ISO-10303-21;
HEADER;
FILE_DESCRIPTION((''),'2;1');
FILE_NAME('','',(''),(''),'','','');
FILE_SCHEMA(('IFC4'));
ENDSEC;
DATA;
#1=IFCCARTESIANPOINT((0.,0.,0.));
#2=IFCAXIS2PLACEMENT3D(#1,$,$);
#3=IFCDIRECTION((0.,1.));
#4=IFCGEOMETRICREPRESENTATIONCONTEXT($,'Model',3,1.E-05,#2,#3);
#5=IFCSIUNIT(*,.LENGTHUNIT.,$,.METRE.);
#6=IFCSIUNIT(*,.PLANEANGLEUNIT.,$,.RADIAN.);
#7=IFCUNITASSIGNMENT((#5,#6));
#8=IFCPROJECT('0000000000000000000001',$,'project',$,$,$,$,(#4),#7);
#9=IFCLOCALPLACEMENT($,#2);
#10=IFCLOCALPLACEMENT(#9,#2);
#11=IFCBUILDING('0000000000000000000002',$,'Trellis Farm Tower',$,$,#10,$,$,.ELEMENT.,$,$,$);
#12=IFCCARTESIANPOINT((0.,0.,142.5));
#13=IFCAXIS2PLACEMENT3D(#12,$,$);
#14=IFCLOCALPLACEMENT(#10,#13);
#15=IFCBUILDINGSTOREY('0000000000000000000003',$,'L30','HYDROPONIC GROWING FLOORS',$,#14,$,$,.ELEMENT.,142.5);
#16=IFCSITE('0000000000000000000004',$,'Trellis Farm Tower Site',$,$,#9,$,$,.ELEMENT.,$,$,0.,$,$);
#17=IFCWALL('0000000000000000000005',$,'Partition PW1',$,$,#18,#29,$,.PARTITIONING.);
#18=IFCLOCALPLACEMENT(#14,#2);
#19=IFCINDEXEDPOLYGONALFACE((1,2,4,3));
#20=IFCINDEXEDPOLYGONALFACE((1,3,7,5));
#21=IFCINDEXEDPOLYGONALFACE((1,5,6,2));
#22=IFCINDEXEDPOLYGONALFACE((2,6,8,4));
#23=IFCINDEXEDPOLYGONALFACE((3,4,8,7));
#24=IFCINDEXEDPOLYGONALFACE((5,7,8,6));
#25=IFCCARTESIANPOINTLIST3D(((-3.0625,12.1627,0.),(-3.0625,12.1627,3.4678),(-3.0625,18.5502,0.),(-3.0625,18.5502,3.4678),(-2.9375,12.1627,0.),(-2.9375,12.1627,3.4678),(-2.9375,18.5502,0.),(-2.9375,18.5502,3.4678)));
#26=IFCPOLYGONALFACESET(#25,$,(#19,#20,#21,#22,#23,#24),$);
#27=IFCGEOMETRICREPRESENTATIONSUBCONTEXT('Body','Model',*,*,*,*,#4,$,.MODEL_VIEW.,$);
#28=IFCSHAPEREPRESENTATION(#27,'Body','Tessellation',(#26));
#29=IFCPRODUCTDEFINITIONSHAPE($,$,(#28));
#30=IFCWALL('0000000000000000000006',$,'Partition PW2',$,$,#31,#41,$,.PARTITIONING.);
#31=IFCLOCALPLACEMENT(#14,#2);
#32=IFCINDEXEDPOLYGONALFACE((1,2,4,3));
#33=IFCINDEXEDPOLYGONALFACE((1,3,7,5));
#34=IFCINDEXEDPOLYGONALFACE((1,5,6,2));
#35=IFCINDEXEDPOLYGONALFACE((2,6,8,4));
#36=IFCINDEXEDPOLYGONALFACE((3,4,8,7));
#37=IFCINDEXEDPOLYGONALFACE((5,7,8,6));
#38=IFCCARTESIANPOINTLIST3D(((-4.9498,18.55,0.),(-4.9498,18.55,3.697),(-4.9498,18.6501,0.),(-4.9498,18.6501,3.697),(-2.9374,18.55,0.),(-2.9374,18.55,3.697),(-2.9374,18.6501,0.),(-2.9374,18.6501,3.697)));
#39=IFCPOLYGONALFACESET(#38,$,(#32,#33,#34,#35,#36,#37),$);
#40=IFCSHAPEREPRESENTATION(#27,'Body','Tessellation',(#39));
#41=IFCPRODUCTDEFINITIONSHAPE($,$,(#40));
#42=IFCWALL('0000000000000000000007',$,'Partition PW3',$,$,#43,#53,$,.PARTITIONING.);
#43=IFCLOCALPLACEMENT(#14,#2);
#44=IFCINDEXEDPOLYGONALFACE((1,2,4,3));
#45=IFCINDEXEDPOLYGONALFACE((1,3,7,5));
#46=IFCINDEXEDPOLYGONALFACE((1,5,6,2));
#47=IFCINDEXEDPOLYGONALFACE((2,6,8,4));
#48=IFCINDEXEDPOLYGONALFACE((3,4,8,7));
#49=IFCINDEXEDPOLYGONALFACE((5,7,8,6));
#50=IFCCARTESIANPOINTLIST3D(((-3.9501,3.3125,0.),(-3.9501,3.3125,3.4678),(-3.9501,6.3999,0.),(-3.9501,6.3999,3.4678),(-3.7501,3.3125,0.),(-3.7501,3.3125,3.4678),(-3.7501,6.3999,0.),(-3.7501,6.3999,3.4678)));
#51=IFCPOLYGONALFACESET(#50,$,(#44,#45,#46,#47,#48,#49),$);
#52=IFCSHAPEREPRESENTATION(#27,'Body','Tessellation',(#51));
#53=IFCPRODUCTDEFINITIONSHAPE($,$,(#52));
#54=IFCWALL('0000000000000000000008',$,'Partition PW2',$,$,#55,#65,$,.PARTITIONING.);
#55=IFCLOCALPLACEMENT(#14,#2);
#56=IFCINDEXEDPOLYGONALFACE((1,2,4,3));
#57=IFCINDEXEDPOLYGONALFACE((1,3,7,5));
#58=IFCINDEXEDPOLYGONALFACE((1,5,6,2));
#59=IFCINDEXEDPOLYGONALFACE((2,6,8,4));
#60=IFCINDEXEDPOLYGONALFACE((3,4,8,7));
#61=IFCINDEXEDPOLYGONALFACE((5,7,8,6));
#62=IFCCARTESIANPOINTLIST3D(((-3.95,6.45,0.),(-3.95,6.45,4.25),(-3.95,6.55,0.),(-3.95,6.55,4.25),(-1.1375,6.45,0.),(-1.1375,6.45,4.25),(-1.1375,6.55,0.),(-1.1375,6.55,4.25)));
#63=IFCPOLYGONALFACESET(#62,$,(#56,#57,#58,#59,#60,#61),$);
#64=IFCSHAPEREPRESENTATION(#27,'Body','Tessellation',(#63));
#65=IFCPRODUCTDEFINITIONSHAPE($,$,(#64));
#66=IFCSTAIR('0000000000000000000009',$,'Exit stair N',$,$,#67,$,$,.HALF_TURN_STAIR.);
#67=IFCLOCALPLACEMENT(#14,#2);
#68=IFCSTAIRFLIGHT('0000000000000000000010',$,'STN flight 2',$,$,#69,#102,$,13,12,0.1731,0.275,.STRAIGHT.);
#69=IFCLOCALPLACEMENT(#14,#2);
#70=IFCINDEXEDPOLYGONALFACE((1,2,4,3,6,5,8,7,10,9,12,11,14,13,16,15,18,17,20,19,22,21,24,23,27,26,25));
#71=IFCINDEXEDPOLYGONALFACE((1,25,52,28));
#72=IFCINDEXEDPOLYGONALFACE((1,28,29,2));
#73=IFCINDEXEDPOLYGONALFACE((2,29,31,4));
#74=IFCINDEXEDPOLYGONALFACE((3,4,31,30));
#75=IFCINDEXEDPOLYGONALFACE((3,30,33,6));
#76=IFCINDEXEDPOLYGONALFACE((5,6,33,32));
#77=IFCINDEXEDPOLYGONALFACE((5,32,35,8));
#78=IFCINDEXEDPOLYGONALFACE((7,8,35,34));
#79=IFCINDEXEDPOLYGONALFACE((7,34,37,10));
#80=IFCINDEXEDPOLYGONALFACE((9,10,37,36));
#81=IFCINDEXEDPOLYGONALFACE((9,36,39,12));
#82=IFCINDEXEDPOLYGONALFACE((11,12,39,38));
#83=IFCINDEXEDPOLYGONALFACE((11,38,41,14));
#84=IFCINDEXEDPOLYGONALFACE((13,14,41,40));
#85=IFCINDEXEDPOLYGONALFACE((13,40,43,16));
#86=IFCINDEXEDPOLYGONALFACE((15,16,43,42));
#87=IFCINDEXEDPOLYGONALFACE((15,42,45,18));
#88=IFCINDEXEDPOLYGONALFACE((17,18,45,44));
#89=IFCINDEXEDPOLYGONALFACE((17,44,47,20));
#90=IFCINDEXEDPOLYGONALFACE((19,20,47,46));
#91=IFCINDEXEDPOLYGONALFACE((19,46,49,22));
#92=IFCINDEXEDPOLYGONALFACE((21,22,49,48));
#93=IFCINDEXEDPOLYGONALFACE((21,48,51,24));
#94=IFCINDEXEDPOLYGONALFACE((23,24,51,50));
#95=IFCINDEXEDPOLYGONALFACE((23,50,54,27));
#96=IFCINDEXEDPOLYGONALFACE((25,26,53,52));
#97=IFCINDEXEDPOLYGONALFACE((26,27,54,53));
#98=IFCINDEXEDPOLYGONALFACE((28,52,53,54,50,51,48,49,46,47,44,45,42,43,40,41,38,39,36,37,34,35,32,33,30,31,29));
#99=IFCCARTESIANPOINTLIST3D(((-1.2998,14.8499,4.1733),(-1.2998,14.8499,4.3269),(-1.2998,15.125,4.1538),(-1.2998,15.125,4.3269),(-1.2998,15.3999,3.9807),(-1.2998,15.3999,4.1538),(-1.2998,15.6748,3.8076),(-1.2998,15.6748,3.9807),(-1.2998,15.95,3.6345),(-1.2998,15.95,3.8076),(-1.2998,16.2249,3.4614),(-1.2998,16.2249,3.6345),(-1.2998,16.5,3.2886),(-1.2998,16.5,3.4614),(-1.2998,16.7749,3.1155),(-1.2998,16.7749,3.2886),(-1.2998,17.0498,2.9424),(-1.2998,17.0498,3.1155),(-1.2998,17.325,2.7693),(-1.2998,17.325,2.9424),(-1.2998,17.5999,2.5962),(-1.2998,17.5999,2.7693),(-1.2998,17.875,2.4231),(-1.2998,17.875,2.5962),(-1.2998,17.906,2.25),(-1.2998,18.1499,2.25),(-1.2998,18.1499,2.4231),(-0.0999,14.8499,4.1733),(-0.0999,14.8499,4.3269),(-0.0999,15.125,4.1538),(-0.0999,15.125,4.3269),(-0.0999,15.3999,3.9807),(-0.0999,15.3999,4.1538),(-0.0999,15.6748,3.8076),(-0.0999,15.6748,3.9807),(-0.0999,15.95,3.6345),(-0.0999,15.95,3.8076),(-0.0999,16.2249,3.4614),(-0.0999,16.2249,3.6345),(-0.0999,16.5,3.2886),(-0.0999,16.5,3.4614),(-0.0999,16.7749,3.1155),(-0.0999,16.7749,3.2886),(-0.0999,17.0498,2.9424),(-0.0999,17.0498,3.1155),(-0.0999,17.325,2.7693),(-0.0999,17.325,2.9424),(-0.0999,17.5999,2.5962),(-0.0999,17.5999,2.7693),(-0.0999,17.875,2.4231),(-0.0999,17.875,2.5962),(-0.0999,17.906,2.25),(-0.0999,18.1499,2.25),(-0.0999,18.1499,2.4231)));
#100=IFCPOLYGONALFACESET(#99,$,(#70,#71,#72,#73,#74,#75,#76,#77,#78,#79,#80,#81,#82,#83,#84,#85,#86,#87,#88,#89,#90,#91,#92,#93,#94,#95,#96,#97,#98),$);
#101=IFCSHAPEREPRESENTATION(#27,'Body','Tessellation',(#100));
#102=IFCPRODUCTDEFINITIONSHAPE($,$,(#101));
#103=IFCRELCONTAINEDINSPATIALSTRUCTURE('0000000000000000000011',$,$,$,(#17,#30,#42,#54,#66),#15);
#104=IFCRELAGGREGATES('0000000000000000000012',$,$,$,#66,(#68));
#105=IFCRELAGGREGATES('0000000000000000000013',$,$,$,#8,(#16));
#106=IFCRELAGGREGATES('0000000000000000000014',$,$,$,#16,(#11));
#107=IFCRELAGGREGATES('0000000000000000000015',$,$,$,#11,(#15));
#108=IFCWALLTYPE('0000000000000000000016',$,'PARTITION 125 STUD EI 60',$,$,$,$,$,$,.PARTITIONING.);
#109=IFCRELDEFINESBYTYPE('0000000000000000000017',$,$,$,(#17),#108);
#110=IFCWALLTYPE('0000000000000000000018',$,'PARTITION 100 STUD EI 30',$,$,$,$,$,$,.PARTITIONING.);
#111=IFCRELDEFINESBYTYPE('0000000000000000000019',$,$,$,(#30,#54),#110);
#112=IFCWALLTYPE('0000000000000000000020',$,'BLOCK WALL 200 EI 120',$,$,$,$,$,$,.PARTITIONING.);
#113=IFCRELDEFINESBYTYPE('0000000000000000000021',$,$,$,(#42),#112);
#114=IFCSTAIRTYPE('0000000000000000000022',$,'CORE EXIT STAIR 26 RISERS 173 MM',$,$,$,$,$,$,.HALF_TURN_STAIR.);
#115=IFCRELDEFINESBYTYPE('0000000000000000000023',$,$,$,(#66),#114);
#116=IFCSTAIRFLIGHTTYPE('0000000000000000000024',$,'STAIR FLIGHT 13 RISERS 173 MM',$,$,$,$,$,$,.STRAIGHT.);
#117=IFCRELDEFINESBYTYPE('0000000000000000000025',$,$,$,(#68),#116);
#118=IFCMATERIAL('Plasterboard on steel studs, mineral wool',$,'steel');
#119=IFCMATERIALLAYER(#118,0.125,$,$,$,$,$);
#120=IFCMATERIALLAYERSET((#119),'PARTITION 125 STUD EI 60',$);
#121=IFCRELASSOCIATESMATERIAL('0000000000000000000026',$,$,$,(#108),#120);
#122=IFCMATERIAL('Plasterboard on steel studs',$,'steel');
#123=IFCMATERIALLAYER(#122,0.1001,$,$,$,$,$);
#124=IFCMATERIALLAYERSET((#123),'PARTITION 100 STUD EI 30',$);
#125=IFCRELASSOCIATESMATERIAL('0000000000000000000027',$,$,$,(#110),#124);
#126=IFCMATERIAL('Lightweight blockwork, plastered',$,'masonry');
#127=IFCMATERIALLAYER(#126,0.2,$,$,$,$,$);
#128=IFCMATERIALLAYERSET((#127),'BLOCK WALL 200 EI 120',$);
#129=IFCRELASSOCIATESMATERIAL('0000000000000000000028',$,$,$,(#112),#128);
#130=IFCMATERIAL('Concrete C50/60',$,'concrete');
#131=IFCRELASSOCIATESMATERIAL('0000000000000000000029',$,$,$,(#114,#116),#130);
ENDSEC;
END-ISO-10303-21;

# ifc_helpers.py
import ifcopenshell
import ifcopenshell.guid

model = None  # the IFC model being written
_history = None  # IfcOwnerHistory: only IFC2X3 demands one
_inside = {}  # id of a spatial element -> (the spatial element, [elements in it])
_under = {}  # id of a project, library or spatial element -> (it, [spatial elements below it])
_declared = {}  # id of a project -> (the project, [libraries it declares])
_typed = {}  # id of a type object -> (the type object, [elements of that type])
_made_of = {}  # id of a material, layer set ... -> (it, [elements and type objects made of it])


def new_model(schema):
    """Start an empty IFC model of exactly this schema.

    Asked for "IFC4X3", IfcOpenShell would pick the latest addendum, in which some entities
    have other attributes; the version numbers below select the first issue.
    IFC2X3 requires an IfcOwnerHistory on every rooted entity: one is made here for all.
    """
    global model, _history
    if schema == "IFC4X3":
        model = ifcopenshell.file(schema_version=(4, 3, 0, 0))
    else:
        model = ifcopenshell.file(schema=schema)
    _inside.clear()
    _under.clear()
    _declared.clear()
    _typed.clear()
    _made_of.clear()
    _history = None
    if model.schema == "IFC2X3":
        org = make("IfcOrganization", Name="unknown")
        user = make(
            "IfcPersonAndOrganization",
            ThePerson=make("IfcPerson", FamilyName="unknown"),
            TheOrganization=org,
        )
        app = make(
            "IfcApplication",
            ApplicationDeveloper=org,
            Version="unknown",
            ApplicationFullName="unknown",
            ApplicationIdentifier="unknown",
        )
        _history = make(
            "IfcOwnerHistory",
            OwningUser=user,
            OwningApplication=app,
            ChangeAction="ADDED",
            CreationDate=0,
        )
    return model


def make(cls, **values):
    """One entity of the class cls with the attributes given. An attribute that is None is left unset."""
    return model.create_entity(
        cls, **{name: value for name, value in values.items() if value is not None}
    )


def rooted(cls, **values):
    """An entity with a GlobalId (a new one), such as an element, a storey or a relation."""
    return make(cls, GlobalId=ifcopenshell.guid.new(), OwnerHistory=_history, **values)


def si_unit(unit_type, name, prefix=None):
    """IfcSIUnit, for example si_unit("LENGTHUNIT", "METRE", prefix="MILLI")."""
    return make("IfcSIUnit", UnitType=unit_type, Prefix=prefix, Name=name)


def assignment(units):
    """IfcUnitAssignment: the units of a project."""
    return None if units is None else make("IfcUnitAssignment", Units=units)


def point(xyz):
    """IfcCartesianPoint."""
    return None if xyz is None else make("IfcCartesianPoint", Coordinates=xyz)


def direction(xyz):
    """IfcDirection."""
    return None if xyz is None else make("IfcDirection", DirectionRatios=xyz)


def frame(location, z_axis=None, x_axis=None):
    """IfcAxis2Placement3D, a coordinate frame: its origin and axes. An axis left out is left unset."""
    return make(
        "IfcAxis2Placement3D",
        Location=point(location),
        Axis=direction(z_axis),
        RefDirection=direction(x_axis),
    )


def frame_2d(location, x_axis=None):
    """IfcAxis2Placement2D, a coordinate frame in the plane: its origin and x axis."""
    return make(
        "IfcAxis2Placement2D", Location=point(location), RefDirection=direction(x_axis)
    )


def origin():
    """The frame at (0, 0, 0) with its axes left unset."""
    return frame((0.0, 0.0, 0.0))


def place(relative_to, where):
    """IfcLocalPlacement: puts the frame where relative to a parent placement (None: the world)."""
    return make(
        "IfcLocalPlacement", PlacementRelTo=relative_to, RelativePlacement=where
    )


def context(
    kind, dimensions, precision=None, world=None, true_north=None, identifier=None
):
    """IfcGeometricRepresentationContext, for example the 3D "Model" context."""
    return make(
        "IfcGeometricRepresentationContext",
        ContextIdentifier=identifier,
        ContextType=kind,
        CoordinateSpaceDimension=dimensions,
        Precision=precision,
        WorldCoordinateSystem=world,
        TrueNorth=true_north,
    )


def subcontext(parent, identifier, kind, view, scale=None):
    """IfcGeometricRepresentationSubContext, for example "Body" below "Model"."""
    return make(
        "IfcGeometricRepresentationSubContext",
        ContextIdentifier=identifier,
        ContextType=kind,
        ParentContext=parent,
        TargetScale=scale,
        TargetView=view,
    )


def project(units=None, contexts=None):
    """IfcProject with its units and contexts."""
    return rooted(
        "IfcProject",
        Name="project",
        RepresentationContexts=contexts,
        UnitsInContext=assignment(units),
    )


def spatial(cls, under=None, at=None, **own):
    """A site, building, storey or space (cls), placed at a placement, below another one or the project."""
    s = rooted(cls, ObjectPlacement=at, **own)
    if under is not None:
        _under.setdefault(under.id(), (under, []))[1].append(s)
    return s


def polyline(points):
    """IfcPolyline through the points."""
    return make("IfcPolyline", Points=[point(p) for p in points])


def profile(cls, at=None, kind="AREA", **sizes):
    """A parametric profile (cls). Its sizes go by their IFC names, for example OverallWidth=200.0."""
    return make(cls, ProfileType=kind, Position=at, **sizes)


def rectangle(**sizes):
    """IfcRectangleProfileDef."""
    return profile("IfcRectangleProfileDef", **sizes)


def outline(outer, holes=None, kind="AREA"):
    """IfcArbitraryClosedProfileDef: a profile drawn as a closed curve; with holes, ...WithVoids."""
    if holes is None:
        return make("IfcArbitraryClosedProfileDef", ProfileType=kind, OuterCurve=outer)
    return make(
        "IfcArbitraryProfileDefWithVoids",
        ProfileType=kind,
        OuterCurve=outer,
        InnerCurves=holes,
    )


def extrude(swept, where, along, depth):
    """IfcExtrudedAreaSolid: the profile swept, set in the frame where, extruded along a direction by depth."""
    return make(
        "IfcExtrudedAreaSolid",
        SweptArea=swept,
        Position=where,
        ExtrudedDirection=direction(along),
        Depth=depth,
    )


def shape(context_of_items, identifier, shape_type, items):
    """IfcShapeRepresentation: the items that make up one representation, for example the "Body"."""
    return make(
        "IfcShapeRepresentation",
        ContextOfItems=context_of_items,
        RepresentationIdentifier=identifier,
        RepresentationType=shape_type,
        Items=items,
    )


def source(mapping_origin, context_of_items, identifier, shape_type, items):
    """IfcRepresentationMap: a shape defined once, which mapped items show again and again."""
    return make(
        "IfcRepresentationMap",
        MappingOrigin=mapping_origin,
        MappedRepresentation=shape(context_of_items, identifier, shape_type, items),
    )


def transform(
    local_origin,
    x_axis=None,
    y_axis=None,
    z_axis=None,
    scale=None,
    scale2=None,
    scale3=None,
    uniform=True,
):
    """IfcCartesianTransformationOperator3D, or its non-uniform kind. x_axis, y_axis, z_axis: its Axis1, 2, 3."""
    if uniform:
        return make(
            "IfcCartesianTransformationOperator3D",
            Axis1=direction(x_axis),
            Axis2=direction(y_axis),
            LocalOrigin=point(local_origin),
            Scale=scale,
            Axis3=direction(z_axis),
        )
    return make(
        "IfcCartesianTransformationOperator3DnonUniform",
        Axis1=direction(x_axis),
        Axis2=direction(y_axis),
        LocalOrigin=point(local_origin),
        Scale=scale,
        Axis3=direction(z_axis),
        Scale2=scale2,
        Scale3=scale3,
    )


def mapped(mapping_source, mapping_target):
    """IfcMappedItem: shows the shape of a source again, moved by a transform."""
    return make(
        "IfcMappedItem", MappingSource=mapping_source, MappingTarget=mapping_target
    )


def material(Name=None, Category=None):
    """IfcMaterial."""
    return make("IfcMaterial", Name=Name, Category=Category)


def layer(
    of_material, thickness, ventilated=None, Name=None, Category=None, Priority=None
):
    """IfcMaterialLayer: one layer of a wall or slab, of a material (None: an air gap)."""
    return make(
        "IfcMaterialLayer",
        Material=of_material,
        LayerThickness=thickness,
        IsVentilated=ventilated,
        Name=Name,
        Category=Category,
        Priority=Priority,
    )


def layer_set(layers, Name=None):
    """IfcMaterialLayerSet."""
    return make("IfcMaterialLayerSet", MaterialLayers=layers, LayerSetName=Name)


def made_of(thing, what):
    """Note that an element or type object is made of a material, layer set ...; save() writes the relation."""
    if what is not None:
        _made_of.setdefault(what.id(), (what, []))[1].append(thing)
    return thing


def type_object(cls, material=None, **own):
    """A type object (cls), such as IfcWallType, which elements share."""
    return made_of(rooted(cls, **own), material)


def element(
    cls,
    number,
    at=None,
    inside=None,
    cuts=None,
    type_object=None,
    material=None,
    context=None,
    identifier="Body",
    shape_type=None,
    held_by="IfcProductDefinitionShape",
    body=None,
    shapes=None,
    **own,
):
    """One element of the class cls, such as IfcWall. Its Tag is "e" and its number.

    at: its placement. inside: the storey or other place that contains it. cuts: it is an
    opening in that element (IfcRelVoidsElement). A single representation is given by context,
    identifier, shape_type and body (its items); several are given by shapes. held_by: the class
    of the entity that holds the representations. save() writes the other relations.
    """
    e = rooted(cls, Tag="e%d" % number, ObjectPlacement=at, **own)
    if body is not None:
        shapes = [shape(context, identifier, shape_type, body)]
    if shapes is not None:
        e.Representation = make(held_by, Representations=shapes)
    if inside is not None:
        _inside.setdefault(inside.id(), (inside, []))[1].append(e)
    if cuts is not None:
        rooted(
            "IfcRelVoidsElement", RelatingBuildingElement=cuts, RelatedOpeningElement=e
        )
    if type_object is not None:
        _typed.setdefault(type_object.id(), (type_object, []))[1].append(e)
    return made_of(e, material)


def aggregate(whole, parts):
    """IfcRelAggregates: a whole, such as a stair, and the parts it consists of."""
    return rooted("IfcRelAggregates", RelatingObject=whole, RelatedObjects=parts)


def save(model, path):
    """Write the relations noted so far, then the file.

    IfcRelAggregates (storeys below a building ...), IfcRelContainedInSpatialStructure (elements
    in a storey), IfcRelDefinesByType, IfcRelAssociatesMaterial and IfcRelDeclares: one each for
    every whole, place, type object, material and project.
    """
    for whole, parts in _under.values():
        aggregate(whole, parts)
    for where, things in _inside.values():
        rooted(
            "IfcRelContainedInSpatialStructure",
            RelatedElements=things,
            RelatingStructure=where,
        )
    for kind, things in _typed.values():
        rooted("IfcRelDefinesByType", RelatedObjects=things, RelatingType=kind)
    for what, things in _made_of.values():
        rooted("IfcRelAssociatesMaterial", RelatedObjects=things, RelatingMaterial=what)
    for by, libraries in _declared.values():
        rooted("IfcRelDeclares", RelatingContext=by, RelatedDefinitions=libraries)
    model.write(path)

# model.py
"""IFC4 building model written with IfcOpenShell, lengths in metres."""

from ifc_helpers import new_model, si_unit, direction, frame, frame_2d, origin, place, context, subcontext, project, spatial, polyline, rectangle, outline, extrude, source, transform, mapped, material, layer, layer_set, type_object, element, aggregate, save


model = new_model("IFC4")

# Units and contexts
model_context = context("Model", 3, precision=1e-05, world=origin(), true_north=direction((0.0, 1.0)))
body_context = subcontext(model_context, "Body", "Model", "MODEL_VIEW")
ifc_project = project(units=[si_unit("LENGTHUNIT", "METRE"), si_unit("PLANEANGLEUNIT", "RADIAN")], contexts=[model_context])

# Site, building, storey
site_placement = place(None, origin())
site = spatial("IfcSite", under=ifc_project, at=site_placement, Name="Trellis Farm Tower Site", CompositionType="ELEMENT", RefElevation=0.0)
building_placement = place(site_placement, origin())
building = spatial("IfcBuilding", under=site, at=building_placement, Name="Trellis Farm Tower", CompositionType="ELEMENT")
storey_placement = place(building_placement, frame((0.0, 0.0, 142.5)))
storey = spatial("IfcBuildingStorey", under=building, at=storey_placement, Name="L30", Description="HYDROPONIC GROWING FLOORS", CompositionType="ELEMENT", Elevation=142.5)

# Shared definitions
ifc_material_1 = material(Name="Plasterboard on steel studs, mineral wool", Category="steel")
ifc_layer_1 = layer(ifc_material_1, 0.125)
ifc_layer_set_1 = layer_set([ifc_layer_1], Name="PARTITION 125 STUD EI 60")
wall_type_1 = type_object("IfcWallType", Name="PARTITION 125 STUD EI 60", PredefinedType="PARTITIONING", material=ifc_layer_set_1)

# Walls
shared_shape_1 = source(origin(), body_context, "Body", "SweptSolid", [
    extrude(rectangle(XDim=6.3875, YDim=0.125, at=frame_2d((3.1938, 0.0))), origin(), (0.0, 0.0, 1.0), 3.4678),
])
wall_1_placement = place(storey_placement, frame((-3.0, 12.1626, 0.0), z_axis=(0.0, 0.0, 1.0), x_axis=(0.0, 1.0, 0.0)))
element("IfcWall", 1, at=wall_1_placement, inside=storey, type_object=wall_type_1, Name="Partition PW1", PredefinedType="PARTITIONING", context=body_context, shape_type="MappedRepresentation", body=[
    mapped(shared_shape_1, transform((0.0, 0.0, 0.0))),
])
ifc_material_2 = material(Name="Plasterboard on steel studs", Category="steel")
ifc_layer_2 = layer(ifc_material_2, 0.1001)
ifc_layer_set_2 = layer_set([ifc_layer_2], Name="PARTITION 100 STUD EI 30")
wall_type_2 = type_object("IfcWallType", Name="PARTITION 100 STUD EI 30", PredefinedType="PARTITIONING", material=ifc_layer_set_2)
shared_shape_2 = source(origin(), body_context, "Body", "SweptSolid", [
    extrude(rectangle(XDim=2.0125, YDim=0.1001, at=frame_2d((1.0063, 0.0))), origin(), (0.0, 0.0, 1.0), 3.697),
])
wall_2_placement = place(storey_placement, frame((-4.95, 18.6001, 0.0), z_axis=(0.0, 0.0, 1.0), x_axis=(1.0, 0.0, 0.0)))
element("IfcWall", 2, at=wall_2_placement, inside=storey, type_object=wall_type_2, Name="Partition PW2", PredefinedType="PARTITIONING", context=body_context, shape_type="MappedRepresentation", body=[
    mapped(shared_shape_2, transform((0.0, 0.0, 0.0))),
])
ifc_material_3 = material(Name="Lightweight blockwork, plastered", Category="masonry")
ifc_layer_3 = layer(ifc_material_3, 0.2)
ifc_layer_set_3 = layer_set([ifc_layer_3], Name="BLOCK WALL 200 EI 120")
wall_type_3 = type_object("IfcWallType", Name="BLOCK WALL 200 EI 120", PredefinedType="PARTITIONING", material=ifc_layer_set_3)
shared_shape_3 = source(origin(), body_context, "Body", "SweptSolid", [
    extrude(rectangle(XDim=3.0874, YDim=0.2, at=frame_2d((1.5437, 0.0))), origin(), (0.0, 0.0, 1.0), 3.4678),
])
wall_3_placement = place(storey_placement, frame((-3.8501, 3.3125, 0.0), z_axis=(0.0, 0.0, 1.0), x_axis=(0.0, 1.0, 0.0)))
element("IfcWall", 3, at=wall_3_placement, inside=storey, type_object=wall_type_3, Name="Partition PW3", PredefinedType="PARTITIONING", context=body_context, shape_type="MappedRepresentation", body=[
    mapped(shared_shape_3, transform((0.0, 0.0, 0.0))),
])
shared_shape_4 = source(origin(), body_context, "Body", "SweptSolid", [
    extrude(rectangle(XDim=2.8125, YDim=0.1001, at=frame_2d((1.4062, 0.0))), origin(), (0.0, 0.0, 1.0), 4.25),
])
wall_4_placement = place(storey_placement, frame((-3.95, 6.5, 0.0), z_axis=(0.0, 0.0, 1.0), x_axis=(1.0, 0.0, 0.0)))
element("IfcWall", 4, at=wall_4_placement, inside=storey, type_object=wall_type_2, Name="Partition PW2", PredefinedType="PARTITIONING", context=body_context, shape_type="MappedRepresentation", body=[
    mapped(shared_shape_4, transform((0.0, 0.0, 0.0))),
])

# Stair, stair flight
ifc_material_4 = material(Name="Concrete C50/60", Category="concrete")
stair_type = type_object("IfcStairType", Name="CORE EXIT STAIR 26 RISERS 173 MM", PredefinedType="HALF_TURN_STAIR", material=ifc_material_4)
stair_placement = place(storey_placement, origin())
stair = element("IfcStair", 5, at=stair_placement, inside=storey, type_object=stair_type, Name="Exit stair N", PredefinedType="HALF_TURN_STAIR")
stair_flight_type = type_object("IfcStairFlightType", Name="STAIR FLIGHT 13 RISERS 173 MM", PredefinedType="STRAIGHT", material=ifc_material_4)
shared_shape_5 = source(origin(), body_context, "Body", "SweptSolid", [
    extrude(outline(polyline([(0.0, 0.0), (0.0, 0.1731), (0.2749, 0.1731), (0.2749, 0.3462), (0.55, 0.3462), (0.55, 0.5193), (0.825, 0.5193), (0.825, 0.6924), (1.1001, 0.6924), (1.1001, 0.8655), (1.375, 0.8655), (1.375, 1.0386), (1.6499, 1.0386), (1.6499, 1.2114), (1.925, 1.2114), (1.925, 1.3845), (2.2, 1.3845), (2.2, 1.5576), (2.4751, 1.5576), (2.4751, 1.7307), (2.75, 1.7307), (2.75, 1.9038), (3.0249, 1.9038), (3.0249, 2.0769), (3.3, 2.0769), (3.3, 2.25), (3.3, 1.9233), (0.2439, 0.0), (0.0, 0.0)])), frame((0.0, 0.6001, 0.0), z_axis=(0.0, -1.0, 0.0), x_axis=(1.0, 0.0, 0.0)), (0.0, 0.0, 1.0), 1.2),
])
stair_flight_placement = place(storey_placement, frame((-0.7, 18.1499, 2.25), z_axis=(0.0, 0.0, 1.0), x_axis=(0.0, -1.0, 0.0)))
stair_flight = element("IfcStairFlight", 6, at=stair_flight_placement, type_object=stair_flight_type, Name="STN flight 2", NumberOfRisers=13, NumberOfTreads=12, PredefinedType="STRAIGHT", RiserHeight=0.1731, TreadLength=0.275, context=body_context, shape_type="MappedRepresentation", body=[
    mapped(shared_shape_5, transform((0.0, 0.0, 0.0))),
])
aggregate(stair, [stair_flight])

save(model, "model.ifc")
